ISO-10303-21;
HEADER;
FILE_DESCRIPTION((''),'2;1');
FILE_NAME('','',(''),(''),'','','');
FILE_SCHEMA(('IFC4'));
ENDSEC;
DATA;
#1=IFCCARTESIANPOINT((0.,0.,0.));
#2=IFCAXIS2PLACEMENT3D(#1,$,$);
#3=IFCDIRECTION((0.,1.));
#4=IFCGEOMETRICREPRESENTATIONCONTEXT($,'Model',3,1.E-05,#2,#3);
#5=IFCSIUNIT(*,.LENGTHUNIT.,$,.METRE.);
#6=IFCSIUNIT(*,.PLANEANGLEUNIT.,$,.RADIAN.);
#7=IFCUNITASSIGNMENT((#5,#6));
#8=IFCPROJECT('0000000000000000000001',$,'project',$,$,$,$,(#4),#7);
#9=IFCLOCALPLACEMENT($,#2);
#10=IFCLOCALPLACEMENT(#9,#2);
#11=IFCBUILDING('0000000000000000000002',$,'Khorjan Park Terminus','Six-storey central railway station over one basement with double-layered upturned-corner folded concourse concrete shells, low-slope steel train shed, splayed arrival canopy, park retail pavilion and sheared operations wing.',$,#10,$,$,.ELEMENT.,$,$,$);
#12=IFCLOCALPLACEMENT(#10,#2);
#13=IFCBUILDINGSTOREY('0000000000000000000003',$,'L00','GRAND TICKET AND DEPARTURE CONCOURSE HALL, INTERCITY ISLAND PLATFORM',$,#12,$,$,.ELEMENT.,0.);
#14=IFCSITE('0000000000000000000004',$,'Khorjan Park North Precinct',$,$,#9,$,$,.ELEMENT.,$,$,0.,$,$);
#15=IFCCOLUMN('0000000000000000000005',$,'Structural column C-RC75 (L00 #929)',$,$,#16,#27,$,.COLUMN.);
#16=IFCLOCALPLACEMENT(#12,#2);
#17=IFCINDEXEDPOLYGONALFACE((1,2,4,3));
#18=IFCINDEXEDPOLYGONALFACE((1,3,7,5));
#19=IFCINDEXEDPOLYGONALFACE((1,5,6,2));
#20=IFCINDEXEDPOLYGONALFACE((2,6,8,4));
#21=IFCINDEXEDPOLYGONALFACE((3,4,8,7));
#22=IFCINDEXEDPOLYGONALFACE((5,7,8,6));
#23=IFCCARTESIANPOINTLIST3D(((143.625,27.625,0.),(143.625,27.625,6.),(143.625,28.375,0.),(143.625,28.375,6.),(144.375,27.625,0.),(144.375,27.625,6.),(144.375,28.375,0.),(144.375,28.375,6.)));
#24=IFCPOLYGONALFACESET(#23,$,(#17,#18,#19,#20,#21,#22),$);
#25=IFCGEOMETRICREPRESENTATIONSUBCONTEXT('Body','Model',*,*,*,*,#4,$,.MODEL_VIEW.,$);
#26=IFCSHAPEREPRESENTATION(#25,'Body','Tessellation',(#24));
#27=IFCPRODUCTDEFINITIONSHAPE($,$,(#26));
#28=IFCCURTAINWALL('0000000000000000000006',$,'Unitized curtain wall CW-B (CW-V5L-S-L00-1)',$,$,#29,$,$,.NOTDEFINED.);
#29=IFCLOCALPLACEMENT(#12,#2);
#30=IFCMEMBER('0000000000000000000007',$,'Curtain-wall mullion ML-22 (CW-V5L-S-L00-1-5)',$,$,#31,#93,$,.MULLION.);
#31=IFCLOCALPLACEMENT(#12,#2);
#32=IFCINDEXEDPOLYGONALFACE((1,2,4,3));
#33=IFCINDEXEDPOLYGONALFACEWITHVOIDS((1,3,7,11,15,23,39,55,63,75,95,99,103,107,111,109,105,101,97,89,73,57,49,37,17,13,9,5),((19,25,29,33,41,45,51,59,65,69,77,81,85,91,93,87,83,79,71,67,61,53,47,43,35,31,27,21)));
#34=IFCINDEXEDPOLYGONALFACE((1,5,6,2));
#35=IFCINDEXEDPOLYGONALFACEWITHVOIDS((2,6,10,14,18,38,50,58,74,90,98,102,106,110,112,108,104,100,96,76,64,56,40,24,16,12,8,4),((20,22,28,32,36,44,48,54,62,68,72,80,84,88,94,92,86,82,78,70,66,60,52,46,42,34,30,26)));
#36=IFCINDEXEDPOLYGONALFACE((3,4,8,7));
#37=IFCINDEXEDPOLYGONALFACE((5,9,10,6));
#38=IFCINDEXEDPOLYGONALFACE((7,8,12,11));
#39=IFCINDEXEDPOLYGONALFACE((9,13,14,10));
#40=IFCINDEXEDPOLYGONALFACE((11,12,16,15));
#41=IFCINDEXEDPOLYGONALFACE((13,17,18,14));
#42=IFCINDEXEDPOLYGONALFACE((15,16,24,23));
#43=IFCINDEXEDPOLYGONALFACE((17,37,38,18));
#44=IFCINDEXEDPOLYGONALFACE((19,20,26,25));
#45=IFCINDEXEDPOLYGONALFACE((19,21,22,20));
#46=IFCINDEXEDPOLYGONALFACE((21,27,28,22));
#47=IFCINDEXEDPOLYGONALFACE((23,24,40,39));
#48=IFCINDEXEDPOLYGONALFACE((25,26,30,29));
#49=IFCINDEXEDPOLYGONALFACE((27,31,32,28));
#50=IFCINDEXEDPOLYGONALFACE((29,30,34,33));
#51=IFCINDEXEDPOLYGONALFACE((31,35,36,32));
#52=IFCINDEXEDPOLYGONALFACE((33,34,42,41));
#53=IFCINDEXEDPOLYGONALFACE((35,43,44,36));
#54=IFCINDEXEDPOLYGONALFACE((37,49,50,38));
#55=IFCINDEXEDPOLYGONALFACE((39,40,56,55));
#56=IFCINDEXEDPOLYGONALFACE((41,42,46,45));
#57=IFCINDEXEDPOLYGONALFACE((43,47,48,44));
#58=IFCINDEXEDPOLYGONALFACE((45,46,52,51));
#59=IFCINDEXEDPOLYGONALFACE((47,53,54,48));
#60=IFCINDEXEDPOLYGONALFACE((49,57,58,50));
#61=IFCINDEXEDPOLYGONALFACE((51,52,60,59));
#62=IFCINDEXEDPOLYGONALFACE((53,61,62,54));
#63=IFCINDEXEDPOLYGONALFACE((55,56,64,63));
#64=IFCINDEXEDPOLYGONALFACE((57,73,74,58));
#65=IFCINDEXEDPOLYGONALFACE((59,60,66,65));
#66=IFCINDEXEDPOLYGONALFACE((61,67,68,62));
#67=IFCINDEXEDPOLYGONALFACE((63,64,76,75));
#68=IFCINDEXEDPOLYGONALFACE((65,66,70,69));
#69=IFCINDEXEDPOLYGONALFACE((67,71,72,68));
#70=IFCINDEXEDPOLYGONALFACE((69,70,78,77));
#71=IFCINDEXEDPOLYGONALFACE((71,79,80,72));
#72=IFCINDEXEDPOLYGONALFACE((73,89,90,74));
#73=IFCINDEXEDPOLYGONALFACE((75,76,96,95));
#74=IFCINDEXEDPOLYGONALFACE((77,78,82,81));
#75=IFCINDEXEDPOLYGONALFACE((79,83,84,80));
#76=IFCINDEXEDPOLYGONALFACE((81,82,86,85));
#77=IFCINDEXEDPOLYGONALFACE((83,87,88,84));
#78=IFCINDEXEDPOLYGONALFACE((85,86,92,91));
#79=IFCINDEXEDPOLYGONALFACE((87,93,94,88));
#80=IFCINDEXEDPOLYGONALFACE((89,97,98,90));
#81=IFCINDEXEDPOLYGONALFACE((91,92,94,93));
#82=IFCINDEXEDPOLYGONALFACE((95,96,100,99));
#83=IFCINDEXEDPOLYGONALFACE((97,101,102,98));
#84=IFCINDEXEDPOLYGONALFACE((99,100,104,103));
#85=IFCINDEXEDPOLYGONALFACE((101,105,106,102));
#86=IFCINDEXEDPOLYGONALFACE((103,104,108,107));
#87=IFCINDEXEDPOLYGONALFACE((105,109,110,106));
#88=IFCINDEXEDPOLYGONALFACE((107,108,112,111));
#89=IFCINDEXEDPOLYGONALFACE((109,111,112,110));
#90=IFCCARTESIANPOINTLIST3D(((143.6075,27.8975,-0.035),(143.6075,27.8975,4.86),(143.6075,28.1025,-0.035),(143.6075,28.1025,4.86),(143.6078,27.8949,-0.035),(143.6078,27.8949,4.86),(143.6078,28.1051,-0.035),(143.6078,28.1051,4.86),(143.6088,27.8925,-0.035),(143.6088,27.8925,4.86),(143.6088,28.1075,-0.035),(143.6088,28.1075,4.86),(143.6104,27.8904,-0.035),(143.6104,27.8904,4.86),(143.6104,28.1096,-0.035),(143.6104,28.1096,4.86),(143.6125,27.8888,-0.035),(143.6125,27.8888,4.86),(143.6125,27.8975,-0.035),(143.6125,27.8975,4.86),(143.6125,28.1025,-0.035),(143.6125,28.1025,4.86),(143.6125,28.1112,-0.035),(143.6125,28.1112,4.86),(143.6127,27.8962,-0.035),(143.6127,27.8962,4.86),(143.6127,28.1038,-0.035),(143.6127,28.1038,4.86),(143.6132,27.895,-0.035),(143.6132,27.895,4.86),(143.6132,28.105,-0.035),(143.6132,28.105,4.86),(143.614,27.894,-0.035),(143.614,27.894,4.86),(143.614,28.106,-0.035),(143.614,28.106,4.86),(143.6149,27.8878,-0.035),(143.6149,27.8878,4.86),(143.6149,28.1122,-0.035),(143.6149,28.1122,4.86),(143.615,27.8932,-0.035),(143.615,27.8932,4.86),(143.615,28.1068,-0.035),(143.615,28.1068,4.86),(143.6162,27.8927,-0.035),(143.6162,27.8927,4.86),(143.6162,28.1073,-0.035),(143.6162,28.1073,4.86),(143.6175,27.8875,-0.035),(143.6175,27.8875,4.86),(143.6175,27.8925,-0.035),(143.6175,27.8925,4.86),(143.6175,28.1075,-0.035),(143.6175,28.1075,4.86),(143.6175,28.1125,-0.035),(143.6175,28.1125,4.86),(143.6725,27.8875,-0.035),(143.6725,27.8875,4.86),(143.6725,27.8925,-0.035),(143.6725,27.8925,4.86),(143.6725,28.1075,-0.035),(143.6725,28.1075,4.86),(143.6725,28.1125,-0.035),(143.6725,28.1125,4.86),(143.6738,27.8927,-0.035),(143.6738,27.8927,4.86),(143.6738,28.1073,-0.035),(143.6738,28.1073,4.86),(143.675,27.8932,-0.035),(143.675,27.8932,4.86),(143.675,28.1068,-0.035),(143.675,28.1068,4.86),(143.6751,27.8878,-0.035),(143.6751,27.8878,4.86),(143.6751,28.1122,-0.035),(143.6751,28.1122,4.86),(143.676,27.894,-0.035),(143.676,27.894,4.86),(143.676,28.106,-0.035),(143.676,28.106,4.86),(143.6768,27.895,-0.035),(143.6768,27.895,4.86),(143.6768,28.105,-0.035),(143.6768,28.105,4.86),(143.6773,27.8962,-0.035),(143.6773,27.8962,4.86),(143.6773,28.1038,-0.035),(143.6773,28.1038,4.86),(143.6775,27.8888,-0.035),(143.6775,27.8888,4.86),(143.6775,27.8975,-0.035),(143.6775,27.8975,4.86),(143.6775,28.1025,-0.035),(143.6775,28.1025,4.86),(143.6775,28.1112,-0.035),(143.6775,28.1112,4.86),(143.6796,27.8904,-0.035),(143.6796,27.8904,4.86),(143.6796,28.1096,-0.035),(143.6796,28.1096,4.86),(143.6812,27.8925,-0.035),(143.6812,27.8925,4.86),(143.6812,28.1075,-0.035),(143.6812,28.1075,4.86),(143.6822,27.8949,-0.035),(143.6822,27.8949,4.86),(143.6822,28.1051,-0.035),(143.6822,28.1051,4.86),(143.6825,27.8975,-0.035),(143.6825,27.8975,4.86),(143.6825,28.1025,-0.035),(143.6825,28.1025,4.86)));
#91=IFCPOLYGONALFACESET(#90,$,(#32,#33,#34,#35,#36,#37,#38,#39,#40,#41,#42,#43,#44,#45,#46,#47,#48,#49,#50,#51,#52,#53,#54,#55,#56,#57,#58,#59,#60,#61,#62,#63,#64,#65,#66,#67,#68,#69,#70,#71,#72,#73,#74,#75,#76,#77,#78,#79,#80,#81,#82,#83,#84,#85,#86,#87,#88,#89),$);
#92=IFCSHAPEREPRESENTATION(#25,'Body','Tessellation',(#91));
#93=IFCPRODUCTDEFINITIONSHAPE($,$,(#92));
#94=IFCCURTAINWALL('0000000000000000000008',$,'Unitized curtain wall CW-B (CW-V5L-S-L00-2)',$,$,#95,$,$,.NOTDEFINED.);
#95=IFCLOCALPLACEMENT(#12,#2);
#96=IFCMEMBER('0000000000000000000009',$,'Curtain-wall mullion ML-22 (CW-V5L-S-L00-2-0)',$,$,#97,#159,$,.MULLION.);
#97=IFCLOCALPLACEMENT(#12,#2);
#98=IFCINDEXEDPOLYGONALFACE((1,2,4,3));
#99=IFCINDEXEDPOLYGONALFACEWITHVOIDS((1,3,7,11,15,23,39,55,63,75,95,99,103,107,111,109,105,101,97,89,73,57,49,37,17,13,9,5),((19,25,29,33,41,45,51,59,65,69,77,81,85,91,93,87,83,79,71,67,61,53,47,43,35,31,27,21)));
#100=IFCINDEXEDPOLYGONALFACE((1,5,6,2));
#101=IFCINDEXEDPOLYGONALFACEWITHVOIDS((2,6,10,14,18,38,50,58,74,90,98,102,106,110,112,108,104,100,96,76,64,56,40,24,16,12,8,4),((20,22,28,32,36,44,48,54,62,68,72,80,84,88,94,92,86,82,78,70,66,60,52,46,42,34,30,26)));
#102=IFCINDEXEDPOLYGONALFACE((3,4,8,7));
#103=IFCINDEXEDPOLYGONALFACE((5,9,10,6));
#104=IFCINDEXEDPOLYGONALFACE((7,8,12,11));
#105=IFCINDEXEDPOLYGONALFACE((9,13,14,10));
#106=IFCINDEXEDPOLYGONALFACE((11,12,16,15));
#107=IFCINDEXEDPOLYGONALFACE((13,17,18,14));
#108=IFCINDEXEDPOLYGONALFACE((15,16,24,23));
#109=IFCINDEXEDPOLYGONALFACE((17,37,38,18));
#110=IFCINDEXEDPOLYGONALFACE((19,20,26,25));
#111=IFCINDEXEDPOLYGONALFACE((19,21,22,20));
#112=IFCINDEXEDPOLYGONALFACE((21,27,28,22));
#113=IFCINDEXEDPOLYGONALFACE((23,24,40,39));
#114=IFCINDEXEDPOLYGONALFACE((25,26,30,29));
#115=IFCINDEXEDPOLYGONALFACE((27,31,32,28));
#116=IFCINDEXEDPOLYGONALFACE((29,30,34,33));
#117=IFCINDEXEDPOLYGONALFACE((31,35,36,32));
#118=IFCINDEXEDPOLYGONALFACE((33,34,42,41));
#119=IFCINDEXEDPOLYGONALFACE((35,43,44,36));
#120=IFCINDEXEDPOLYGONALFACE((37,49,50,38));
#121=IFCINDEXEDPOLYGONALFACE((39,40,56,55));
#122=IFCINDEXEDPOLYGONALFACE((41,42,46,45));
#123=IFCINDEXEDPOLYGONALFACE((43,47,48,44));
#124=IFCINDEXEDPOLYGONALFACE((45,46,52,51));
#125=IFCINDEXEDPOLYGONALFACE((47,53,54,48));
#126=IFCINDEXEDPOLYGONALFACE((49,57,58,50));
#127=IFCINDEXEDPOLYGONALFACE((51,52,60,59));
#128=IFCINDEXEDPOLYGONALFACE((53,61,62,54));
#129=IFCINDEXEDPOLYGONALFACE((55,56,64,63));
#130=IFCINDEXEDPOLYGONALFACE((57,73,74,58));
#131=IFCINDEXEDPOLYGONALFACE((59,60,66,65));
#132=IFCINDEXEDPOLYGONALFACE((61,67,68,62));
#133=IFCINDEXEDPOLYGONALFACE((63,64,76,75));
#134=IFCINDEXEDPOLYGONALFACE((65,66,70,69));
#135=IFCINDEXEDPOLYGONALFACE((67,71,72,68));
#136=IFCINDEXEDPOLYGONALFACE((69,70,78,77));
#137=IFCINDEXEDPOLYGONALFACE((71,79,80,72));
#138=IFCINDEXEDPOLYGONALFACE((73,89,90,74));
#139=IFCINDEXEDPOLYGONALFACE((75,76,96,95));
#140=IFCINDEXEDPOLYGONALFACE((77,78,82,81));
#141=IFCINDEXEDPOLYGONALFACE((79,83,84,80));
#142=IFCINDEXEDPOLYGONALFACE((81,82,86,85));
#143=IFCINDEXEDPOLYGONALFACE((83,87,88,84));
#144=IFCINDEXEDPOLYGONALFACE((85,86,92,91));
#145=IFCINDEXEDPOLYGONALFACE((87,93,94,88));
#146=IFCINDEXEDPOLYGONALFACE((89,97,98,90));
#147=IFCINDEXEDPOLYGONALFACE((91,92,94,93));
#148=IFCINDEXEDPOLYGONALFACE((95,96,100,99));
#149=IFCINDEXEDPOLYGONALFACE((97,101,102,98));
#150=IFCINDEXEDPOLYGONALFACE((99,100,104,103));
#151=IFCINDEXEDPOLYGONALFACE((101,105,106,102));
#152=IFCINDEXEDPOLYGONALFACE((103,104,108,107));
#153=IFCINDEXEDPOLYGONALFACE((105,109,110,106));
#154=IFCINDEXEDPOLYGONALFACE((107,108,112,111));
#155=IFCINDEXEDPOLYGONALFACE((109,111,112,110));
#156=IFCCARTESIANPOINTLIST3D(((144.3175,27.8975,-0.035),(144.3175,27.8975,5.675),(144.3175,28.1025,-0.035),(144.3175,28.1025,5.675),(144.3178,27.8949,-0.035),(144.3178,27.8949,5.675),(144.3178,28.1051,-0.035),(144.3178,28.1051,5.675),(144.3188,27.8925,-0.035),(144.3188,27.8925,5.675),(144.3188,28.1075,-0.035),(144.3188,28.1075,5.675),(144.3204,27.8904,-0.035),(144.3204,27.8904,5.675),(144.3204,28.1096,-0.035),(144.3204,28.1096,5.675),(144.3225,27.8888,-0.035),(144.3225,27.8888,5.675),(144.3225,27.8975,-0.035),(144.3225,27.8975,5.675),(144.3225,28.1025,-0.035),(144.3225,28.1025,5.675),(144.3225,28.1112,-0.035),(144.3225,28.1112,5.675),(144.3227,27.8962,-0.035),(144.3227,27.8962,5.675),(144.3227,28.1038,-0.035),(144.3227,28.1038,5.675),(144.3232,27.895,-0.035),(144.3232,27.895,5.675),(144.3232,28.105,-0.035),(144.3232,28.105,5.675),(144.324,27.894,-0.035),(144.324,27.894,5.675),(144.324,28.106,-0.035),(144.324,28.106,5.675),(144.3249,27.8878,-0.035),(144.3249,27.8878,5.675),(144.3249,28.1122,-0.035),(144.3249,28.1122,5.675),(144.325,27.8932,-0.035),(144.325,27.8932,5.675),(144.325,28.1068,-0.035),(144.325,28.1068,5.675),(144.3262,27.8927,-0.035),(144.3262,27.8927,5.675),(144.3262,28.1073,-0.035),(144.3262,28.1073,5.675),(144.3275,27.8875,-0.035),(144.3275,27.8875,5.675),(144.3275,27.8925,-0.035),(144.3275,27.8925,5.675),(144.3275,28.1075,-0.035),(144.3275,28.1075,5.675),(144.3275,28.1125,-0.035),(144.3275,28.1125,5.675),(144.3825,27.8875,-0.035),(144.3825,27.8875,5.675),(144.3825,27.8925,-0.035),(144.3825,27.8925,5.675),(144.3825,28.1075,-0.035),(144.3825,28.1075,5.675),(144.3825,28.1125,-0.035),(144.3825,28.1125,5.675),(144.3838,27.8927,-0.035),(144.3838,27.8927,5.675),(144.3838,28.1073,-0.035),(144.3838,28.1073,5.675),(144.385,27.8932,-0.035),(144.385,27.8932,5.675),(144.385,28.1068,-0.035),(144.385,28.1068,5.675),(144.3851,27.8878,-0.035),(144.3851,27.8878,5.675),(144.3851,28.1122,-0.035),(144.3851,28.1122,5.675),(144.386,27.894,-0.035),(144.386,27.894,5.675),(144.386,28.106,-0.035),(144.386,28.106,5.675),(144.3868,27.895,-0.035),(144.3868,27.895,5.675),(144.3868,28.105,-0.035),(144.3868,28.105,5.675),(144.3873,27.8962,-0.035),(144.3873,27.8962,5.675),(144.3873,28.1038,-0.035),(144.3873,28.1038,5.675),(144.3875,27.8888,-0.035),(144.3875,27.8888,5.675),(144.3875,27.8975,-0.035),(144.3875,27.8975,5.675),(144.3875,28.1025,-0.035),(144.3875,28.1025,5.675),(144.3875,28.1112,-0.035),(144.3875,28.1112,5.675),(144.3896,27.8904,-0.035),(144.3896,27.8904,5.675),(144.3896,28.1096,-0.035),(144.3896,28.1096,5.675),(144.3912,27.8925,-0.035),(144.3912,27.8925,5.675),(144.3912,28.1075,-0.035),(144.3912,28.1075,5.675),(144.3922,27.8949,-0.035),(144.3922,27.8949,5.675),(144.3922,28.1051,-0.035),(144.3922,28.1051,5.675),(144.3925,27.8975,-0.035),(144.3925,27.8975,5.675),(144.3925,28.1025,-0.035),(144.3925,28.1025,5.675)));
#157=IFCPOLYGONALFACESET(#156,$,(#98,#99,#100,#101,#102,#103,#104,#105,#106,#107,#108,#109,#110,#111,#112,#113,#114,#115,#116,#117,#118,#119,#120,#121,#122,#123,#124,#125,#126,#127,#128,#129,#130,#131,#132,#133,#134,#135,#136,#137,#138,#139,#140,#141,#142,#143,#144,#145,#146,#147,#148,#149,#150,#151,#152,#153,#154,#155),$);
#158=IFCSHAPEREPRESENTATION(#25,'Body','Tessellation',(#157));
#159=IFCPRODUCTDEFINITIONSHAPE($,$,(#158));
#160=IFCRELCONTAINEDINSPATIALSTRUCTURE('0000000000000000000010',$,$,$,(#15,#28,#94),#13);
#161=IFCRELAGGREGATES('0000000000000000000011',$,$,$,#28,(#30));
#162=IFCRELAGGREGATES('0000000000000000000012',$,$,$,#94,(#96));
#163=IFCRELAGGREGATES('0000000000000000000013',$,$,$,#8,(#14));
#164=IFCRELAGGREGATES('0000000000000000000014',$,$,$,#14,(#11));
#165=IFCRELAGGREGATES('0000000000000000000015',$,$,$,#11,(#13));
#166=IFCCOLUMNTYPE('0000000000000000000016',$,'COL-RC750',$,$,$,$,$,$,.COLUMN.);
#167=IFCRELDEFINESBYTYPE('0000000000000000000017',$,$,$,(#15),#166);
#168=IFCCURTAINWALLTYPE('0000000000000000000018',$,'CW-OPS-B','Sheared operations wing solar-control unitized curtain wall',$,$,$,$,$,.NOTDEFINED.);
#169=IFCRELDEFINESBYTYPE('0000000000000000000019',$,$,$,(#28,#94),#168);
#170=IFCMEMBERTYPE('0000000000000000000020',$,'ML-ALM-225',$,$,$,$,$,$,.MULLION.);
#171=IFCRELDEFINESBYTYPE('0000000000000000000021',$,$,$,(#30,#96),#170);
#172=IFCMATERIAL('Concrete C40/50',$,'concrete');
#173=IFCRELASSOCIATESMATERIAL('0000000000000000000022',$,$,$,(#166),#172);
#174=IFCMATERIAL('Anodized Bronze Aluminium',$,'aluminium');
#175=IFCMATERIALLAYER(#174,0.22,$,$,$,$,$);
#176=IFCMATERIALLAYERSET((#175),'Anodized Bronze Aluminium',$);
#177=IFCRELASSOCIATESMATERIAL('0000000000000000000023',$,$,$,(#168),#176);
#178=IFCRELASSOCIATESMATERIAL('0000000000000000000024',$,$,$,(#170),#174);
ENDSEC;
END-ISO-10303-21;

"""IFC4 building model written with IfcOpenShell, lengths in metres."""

from ifc_helpers import new_model, si_unit, direction, frame, origin, origin_2d, place, context, subcontext, project, spatial, rectangle, hollow_rectangle, extrude, material, layer, layer_set, material_profile, profile_set, type_object, element, aggregate, save


model = new_model("IFC4")

# Units and contexts
model_context = context("Model", 3, precision=1e-05, world=origin(), true_north=direction((0.0, 1.0)))
body_context = subcontext(model_context, "Body", "Model", "MODEL_VIEW")
ifc_project = project(units=[si_unit("LENGTHUNIT", "METRE"), si_unit("PLANEANGLEUNIT", "RADIAN")], contexts=[model_context])

# Site, building, storey
site_placement = place(None, origin())
site = spatial("IfcSite", under=ifc_project, at=site_placement, Name="Khorjan Park North Precinct", CompositionType="ELEMENT", RefElevation=0.0)
building_placement = place(site_placement, origin())
building = spatial("IfcBuilding", under=site, at=building_placement, Name="Khorjan Park Terminus", Description="Six-storey central railway station over one basement with double-layered upturned-corner folded concourse concrete shells, low-slope steel train shed, splayed arrival canopy, park retail pavilion and sheared operations wing.", CompositionType="ELEMENT")
storey_placement = place(building_placement, origin())
storey = spatial("IfcBuildingStorey", under=building, at=storey_placement, Name="L00", Description="GRAND TICKET AND DEPARTURE CONCOURSE HALL, INTERCITY ISLAND PLATFORM", CompositionType="ELEMENT", Elevation=0.0)

# Column
ifc_material_1 = material(Name="Concrete C40/50", Category="concrete")
ifc_material_profile_1 = material_profile(ifc_material_1, rectangle(XDim=0.75, YDim=0.75, at=origin_2d()), Name="RC 750x750")
ifc_profile_set_1 = profile_set([ifc_material_profile_1], Name="Concrete C40/50")
column_type = type_object("IfcColumnType", Name="COL-RC750", PredefinedType="COLUMN", material=ifc_profile_set_1)
column_placement = place(storey_placement, frame((144.0, 28.0, 0.0), z_axis=(0.0, 0.0, 1.0), x_axis=(1.0, 0.0, 0.0)))
element("IfcColumn", 1, at=column_placement, inside=storey, type_object=column_type, Name="Structural column C-RC75 (L00 #929)", PredefinedType="COLUMN", context=body_context, shape_type="SweptSolid", body=[
    extrude(rectangle(XDim=0.75, YDim=0.75, at=origin_2d()), origin(), (0.0, 0.0, 1.0), 6.0),
])

# Curtain wall, member
ifc_material_2 = material(Name="Anodized Bronze Aluminium", Category="aluminium")
ifc_layer_1 = layer(ifc_material_2, 0.22)
ifc_layer_set_1 = layer_set([ifc_layer_1], Name="Anodized Bronze Aluminium")
curtain_wall_type = type_object("IfcCurtainWallType", Name="CW-OPS-B", Description="Sheared operations wing solar-control unitized curtain wall", PredefinedType="NOTDEFINED", material=ifc_layer_set_1)
curtain_wall_1_placement = place(storey_placement, origin())
curtain_wall_1 = element("IfcCurtainWall", 2, at=curtain_wall_1_placement, inside=storey, type_object=curtain_wall_type, Name="Unitized curtain wall CW-B (CW-V5L-S-L00-1)", PredefinedType="NOTDEFINED")
ifc_material_profile_2 = material_profile(ifc_material_2, hollow_rectangle(XDim=0.075, YDim=0.225, WallThickness=0.005, InnerFilletRadius=0.005, OuterFilletRadius=0.01, at=origin_2d()), Name="ALM 75x225x5")
ifc_profile_set_2 = profile_set([ifc_material_profile_2], Name="Anodized Bronze Aluminium")
member_type_1 = type_object("IfcMemberType", Name="ML-ALM-225", PredefinedType="MULLION", material=ifc_profile_set_2)
member_1_placement = place(storey_placement, frame((143.645, 28.0, -0.035), z_axis=(0.0, 0.0, 1.0), x_axis=(1.0, 0.0, 0.0)))
member_1 = element("IfcMember", 3, at=member_1_placement, type_object=member_type_1, Name="Curtain-wall mullion ML-22 (CW-V5L-S-L00-1-5)", PredefinedType="MULLION", context=body_context, shape_type="SweptSolid", body=[
    extrude(hollow_rectangle(XDim=0.075, YDim=0.225, WallThickness=0.005, InnerFilletRadius=0.005, OuterFilletRadius=0.01, at=origin_2d()), origin(), (0.0, 0.0, 1.0), 4.895),
])

# Curtain wall, member
curtain_wall_2_placement = place(storey_placement, origin())
curtain_wall_2 = element("IfcCurtainWall", 4, at=curtain_wall_2_placement, inside=storey, type_object=curtain_wall_type, Name="Unitized curtain wall CW-B (CW-V5L-S-L00-2)", PredefinedType="NOTDEFINED")
member_2_placement = place(storey_placement, frame((144.355, 28.0, -0.035), z_axis=(0.0, 0.0, 1.0), x_axis=(1.0, 0.0, 0.0)))
member_2 = element("IfcMember", 5, at=member_2_placement, type_object=member_type_1, Name="Curtain-wall mullion ML-22 (CW-V5L-S-L00-2-0)", PredefinedType="MULLION", context=body_context, shape_type="SweptSolid", body=[
    extrude(hollow_rectangle(XDim=0.075, YDim=0.225, WallThickness=0.005, InnerFilletRadius=0.005, OuterFilletRadius=0.01, at=origin_2d()), origin(), (0.0, 0.0, 1.0), 5.71),
])

aggregate(curtain_wall_1, [member_1])
aggregate(curtain_wall_2, [member_2])

save(model, "model.ifc")
